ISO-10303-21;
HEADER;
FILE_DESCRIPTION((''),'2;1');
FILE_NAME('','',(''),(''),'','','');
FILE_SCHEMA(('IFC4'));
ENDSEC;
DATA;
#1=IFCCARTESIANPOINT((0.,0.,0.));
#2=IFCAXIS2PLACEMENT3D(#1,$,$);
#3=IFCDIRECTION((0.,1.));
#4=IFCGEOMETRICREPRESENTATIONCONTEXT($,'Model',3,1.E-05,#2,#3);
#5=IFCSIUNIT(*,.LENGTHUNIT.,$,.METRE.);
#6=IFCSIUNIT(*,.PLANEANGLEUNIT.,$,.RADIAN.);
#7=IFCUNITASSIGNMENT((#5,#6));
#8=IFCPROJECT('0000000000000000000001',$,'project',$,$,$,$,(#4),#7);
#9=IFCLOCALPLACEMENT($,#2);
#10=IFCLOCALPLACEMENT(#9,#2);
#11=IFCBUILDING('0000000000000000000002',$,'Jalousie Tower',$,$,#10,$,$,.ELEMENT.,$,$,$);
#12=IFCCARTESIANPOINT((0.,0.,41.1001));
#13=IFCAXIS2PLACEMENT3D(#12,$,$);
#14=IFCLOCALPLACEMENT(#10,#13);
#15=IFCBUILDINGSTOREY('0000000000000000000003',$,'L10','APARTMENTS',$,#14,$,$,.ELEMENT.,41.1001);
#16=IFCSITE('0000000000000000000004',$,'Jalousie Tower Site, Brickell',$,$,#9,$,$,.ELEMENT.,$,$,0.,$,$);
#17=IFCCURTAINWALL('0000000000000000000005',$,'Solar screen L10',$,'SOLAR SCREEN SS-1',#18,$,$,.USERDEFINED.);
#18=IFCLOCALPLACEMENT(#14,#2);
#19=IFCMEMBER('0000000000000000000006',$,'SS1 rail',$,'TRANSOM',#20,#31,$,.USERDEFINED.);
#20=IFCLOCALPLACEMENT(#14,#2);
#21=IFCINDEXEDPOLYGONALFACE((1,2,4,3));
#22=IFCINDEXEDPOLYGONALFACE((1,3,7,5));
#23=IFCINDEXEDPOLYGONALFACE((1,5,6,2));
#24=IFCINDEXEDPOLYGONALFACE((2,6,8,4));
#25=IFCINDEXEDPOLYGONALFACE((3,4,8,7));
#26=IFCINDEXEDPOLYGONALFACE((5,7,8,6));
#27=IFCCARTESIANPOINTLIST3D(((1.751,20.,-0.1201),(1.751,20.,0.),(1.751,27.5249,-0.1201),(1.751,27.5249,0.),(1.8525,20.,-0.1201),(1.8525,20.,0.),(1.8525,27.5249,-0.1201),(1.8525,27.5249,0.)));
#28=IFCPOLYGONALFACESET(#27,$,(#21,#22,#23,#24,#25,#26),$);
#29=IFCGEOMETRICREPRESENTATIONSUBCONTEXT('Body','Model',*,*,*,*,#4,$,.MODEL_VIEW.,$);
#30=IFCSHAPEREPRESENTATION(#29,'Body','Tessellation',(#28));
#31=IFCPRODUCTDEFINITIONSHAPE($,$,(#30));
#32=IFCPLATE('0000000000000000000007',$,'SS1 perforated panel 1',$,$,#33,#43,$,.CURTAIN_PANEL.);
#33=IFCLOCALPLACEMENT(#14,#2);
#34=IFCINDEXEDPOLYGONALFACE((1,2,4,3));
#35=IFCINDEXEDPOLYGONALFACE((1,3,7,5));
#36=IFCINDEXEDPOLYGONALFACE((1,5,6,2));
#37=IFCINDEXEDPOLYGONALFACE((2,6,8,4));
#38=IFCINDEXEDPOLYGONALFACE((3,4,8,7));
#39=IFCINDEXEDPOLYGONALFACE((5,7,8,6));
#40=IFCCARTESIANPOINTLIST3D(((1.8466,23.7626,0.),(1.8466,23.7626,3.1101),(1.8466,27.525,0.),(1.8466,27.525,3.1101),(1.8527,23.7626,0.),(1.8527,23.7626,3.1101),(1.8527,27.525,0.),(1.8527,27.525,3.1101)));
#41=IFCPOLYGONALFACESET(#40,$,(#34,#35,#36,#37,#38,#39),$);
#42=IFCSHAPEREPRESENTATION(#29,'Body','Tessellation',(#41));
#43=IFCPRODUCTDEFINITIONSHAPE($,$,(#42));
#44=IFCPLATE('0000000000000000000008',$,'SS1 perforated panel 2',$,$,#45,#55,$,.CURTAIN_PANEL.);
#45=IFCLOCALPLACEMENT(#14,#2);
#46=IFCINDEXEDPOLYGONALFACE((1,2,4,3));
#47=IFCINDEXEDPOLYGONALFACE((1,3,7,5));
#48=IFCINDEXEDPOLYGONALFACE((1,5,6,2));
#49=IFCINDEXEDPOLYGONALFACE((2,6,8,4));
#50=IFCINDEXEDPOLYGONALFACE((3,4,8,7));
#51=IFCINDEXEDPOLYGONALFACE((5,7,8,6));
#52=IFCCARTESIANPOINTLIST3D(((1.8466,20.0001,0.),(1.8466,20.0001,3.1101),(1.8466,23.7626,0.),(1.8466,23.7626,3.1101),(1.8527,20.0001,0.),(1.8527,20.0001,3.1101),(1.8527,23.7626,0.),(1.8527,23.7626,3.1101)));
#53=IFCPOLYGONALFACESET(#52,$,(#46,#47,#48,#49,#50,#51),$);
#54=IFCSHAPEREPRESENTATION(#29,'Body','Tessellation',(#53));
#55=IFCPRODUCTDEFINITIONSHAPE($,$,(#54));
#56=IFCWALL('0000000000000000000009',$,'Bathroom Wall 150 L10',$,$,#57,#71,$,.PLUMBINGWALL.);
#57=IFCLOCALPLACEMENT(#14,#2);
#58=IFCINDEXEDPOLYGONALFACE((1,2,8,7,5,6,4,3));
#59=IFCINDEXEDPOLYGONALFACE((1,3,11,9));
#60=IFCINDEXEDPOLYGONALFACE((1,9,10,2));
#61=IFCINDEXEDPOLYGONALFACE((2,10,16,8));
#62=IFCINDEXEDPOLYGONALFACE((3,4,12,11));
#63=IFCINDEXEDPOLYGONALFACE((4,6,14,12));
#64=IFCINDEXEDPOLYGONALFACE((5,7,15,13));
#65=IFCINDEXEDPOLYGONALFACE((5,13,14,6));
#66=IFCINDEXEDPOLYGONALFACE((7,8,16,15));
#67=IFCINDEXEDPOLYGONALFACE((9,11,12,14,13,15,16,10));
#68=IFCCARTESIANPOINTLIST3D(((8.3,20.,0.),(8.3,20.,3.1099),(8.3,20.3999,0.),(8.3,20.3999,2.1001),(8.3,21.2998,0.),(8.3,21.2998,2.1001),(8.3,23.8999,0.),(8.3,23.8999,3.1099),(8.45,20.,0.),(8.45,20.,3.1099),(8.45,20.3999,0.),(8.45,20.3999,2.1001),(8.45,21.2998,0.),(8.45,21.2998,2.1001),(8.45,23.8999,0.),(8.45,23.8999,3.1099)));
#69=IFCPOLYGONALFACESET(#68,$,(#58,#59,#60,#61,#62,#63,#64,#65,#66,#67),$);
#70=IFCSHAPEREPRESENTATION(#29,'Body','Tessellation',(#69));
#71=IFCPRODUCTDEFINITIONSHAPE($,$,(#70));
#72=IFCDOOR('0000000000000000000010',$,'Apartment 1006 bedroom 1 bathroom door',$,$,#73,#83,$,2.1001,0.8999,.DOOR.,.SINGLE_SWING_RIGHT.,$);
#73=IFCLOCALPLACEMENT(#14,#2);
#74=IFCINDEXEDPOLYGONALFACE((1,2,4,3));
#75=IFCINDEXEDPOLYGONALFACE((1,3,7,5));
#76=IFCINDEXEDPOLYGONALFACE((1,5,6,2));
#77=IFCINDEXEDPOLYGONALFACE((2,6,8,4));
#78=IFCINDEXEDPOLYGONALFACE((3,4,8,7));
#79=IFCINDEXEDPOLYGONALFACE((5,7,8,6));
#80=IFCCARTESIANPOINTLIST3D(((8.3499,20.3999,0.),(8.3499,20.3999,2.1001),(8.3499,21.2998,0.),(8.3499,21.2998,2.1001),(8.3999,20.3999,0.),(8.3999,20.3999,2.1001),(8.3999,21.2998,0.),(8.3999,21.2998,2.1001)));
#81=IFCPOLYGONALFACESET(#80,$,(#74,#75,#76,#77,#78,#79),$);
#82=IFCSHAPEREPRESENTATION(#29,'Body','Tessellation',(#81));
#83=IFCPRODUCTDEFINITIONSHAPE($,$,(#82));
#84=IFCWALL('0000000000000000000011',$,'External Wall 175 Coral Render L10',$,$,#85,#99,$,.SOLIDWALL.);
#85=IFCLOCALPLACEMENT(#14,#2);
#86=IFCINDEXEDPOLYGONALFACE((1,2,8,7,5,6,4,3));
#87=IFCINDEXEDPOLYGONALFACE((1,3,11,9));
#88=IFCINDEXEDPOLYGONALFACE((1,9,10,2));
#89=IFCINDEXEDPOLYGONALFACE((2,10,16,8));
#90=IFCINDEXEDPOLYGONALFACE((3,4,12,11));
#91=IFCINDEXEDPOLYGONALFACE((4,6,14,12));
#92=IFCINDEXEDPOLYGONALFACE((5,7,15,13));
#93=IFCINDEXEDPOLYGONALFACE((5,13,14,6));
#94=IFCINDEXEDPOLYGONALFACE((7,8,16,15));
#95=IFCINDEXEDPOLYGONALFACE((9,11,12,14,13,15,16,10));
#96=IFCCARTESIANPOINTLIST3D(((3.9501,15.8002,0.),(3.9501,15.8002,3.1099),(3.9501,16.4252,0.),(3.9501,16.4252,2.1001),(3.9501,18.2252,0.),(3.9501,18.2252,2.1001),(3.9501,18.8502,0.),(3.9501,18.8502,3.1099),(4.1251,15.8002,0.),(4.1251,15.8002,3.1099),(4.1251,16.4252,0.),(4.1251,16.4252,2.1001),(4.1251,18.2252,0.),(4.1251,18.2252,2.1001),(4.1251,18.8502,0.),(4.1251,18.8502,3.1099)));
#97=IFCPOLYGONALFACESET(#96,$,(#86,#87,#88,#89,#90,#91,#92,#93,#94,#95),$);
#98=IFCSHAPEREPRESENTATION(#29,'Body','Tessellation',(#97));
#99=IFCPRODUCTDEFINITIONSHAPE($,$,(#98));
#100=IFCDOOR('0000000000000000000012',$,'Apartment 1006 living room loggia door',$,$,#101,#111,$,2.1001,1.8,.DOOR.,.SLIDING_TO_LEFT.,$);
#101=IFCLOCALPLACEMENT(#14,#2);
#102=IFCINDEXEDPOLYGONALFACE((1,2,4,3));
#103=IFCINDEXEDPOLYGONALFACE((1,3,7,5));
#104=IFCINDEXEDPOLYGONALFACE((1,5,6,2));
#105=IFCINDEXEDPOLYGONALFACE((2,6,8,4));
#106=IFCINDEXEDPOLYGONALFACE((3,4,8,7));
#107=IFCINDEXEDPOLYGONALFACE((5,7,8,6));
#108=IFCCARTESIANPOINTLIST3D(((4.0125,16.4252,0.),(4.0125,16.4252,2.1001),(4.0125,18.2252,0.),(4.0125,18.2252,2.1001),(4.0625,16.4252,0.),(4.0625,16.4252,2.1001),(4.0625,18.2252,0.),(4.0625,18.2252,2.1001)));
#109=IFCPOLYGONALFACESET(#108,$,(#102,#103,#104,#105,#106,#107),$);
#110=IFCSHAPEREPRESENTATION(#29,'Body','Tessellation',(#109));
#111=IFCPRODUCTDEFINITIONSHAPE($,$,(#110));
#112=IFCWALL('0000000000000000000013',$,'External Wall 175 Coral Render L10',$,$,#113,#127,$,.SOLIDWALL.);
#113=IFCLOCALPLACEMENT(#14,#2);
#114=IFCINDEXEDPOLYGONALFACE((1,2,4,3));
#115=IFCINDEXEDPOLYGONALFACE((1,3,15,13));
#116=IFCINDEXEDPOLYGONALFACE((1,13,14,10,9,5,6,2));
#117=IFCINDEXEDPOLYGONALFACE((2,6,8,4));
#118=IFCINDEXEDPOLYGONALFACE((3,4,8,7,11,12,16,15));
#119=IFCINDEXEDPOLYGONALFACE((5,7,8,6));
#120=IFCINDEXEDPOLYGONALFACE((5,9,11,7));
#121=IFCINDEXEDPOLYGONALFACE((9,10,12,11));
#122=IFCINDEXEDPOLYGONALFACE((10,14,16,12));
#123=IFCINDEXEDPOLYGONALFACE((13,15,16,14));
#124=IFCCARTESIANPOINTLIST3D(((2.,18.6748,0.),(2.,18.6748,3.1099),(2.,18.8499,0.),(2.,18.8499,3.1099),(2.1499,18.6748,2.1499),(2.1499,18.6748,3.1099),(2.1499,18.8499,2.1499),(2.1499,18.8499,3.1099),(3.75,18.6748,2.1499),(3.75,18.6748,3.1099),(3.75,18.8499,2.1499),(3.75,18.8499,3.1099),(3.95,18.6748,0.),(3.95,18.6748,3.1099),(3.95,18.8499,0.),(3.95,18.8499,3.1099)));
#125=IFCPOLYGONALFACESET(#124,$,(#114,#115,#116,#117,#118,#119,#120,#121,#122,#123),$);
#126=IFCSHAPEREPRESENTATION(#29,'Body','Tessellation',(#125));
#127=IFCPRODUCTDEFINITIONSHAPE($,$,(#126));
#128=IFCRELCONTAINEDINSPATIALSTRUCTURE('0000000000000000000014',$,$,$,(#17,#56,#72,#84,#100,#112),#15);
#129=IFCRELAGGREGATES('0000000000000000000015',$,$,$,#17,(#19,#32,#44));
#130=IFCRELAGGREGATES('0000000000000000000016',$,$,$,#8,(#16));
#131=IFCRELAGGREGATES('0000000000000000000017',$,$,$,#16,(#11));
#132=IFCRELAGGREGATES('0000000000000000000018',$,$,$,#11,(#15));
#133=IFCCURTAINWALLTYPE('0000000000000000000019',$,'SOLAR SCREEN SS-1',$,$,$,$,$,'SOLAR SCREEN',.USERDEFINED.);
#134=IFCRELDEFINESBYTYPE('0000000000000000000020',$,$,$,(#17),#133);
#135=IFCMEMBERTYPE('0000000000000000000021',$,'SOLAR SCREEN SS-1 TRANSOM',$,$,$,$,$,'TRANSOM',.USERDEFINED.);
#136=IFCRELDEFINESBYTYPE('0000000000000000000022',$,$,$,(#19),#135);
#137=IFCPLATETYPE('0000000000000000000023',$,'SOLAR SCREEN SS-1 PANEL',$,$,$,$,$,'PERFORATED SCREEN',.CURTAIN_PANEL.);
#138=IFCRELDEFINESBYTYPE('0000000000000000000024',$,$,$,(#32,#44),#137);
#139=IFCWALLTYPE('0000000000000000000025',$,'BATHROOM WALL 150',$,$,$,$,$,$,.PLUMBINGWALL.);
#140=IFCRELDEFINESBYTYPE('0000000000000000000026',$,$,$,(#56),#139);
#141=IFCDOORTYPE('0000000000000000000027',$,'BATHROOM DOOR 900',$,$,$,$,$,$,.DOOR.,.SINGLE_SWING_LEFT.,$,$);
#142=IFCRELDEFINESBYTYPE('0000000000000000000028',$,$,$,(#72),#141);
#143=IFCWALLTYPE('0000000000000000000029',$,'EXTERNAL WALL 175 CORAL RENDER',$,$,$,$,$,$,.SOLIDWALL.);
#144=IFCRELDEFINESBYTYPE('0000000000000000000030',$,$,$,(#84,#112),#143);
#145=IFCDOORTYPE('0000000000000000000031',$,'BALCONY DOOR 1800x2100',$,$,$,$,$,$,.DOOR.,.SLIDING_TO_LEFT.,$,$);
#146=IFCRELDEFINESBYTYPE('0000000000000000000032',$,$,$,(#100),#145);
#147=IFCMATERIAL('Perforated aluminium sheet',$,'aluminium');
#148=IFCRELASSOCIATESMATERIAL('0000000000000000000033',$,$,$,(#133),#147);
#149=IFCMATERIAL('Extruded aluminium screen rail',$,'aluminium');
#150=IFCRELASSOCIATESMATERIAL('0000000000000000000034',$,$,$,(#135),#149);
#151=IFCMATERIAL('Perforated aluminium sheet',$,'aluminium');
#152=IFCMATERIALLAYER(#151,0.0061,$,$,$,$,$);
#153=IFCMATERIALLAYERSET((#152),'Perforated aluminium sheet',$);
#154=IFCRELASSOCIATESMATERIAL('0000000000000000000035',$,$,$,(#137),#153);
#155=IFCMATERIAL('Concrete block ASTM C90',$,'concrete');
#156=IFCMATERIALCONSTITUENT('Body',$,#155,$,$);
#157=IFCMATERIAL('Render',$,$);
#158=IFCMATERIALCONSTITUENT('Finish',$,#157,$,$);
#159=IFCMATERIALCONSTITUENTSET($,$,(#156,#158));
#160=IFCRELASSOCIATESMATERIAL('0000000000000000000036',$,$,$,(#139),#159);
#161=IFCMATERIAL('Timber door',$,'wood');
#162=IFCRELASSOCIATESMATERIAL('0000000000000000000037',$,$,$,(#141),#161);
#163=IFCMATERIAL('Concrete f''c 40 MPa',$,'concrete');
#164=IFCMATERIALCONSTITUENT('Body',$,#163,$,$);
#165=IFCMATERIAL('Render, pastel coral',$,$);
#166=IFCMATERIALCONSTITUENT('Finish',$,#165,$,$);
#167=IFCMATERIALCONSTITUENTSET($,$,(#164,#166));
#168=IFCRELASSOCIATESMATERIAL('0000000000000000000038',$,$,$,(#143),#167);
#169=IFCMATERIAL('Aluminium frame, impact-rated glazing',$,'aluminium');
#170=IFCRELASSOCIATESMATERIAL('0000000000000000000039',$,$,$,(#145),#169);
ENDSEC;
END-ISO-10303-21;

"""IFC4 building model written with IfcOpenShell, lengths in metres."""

from ifc_helpers import new_model, si_unit, direction, frame, frame_2d, origin, origin_2d, place, context, subcontext, project, spatial, polyline, rectangle, outline, extrude, material, layer, layer_set, constituent, constituent_set, material_profile, profile_set, type_object, element, fill, aggregate, save


model = new_model("IFC4")

# Units and contexts
model_context = context("Model", 3, precision=1e-05, world=origin(), true_north=direction((0.0, 1.0)))
body_context = subcontext(model_context, "Body", "Model", "MODEL_VIEW")
ifc_project = project(units=[si_unit("LENGTHUNIT", "METRE"), si_unit("PLANEANGLEUNIT", "RADIAN")], contexts=[model_context])

# Site, building, storey
site_placement = place(None, origin())
site = spatial("IfcSite", under=ifc_project, at=site_placement, Name="Jalousie Tower Site, Brickell", CompositionType="ELEMENT", RefElevation=0.0)
building_placement = place(site_placement, origin())
building = spatial("IfcBuilding", under=site, at=building_placement, Name="Jalousie Tower", CompositionType="ELEMENT")
storey_placement = place(building_placement, frame((0.0, 0.0, 41.1001)))
storey = spatial("IfcBuildingStorey", under=building, at=storey_placement, Name="L10", Description="APARTMENTS", CompositionType="ELEMENT", Elevation=41.1001)

# Shared definitions
ifc_material_1 = material(Name="Perforated aluminium sheet", Category="aluminium")
curtain_wall_type = type_object("IfcCurtainWallType", Name="SOLAR SCREEN SS-1", ElementType="SOLAR SCREEN", PredefinedType="USERDEFINED", material=ifc_material_1)

# Curtain wall, member, plates
curtain_wall_1_placement = place(storey_placement, origin())
curtain_wall_1 = element("IfcCurtainWall", 1, at=curtain_wall_1_placement, inside=storey, type_object=curtain_wall_type, Name="Solar screen L10", ObjectType="SOLAR SCREEN SS-1", PredefinedType="USERDEFINED")
ifc_material_2 = material(Name="Extruded aluminium screen rail", Category="aluminium")
ifc_material_profile_1 = material_profile(ifc_material_2, rectangle(XDim=0.1016, YDim=0.1201, at=origin_2d()), Name="RAIL 102x120")
ifc_profile_set_1 = profile_set([ifc_material_profile_1], Name="Extruded aluminium screen rail")
member_type_1 = type_object("IfcMemberType", Name="SOLAR SCREEN SS-1 TRANSOM", ElementType="TRANSOM", PredefinedType="USERDEFINED", material=ifc_profile_set_1)
member_1_placement = place(storey_placement, frame((1.8018, 27.5249, -0.0601), z_axis=(0.0, -1.0, 0.0), x_axis=(1.0, 0.0, 0.0)))
member_1 = element("IfcMember", 2, at=member_1_placement, type_object=member_type_1, Name="SS1 rail", ObjectType="TRANSOM", PredefinedType="USERDEFINED", context=body_context, shape_type="SweptSolid", body=[
    extrude(rectangle(XDim=0.1016, YDim=0.1201, at=origin_2d()), origin(), (0.0, 0.0, 1.0), 7.5249),
])
ifc_material_3 = material(Name="Perforated aluminium sheet", Category="aluminium")
ifc_layer_1 = layer(ifc_material_3, 0.0061)
ifc_layer_set_1 = layer_set([ifc_layer_1], Name="Perforated aluminium sheet")
plate_type = type_object("IfcPlateType", Name="SOLAR SCREEN SS-1 PANEL", ElementType="PERFORATED SCREEN", PredefinedType="CURTAIN_PANEL", material=ifc_layer_set_1)
plate_1_placement = place(storey_placement, frame((1.8496, 25.6438, 0.0), z_axis=(0.0, 0.0, 1.0), x_axis=(0.0, -1.0, 0.0)))
plate_1 = element("IfcPlate", 3, at=plate_1_placement, type_object=plate_type, Name="SS1 perforated panel 1", PredefinedType="CURTAIN_PANEL", context=body_context, shape_type="SweptSolid", body=[
    extrude(rectangle(XDim=3.7625, YDim=0.0061, at=origin_2d()), origin(), (0.0, 0.0, 1.0), 3.1101),
])
plate_2_placement = place(storey_placement, frame((1.8496, 21.8813, 0.0), z_axis=(0.0, 0.0, 1.0), x_axis=(0.0, -1.0, 0.0)))
plate_2 = element("IfcPlate", 4, at=plate_2_placement, type_object=plate_type, Name="SS1 perforated panel 2", PredefinedType="CURTAIN_PANEL", context=body_context, shape_type="SweptSolid", body=[
    extrude(rectangle(XDim=3.7625, YDim=0.0061, at=origin_2d()), origin(), (0.0, 0.0, 1.0), 3.1101),
])
aggregate(curtain_wall_1, [member_1, plate_1, plate_2])

# Walls, openings, doors
ifc_material_4 = material(Name="Concrete block ASTM C90", Category="concrete")
ifc_constituent_1 = constituent(ifc_material_4, Name="Body")
ifc_material_5 = material(Name="Render")
ifc_constituent_2 = constituent(ifc_material_5, Name="Finish")
ifc_constituent_set_1 = constituent_set(constituents=[ifc_constituent_1, ifc_constituent_2])
wall_type_1 = type_object("IfcWallType", Name="BATHROOM WALL 150", PredefinedType="PLUMBINGWALL", material=ifc_constituent_set_1)
wall_1_placement = place(storey_placement, frame((8.375, 20.0, 0.0), z_axis=(0.0, 0.0, 1.0), x_axis=(0.0, 1.0, 0.0)))
wall_1 = element("IfcWall", 5, at=wall_1_placement, inside=storey, type_object=wall_type_1, Name="Bathroom Wall 150 L10", PredefinedType="PLUMBINGWALL", context=body_context, shape_type="SweptSolid", body=[
    extrude(rectangle(XDim=3.8999, YDim=0.1499, at=frame_2d((1.95, 0.0))), origin(), (0.0, 0.0, 1.0), 3.1099),
])
opening_1_placement = place(wall_1_placement, frame((0.3999, 0.0, 0.0)))
opening_1 = element("IfcOpeningElement", 6, at=opening_1_placement, cuts=wall_1, PredefinedType="OPENING", context=body_context, shape_type="SweptSolid", body=[
    extrude(rectangle(XDim=0.8999, YDim=2.1001, at=frame_2d((0.45, 1.05))), frame((0.0, 0.085, 0.0), z_axis=(0.0, -1.0, 0.0), x_axis=(1.0, 0.0, 0.0)), (0.0, 0.0, 1.0), 0.1699),
])
ifc_material_6 = material(Name="Timber door", Category="wood")
door_type_1 = type_object("IfcDoorType", Name="BATHROOM DOOR 900", OperationType="SINGLE_SWING_LEFT", PredefinedType="DOOR", material=ifc_material_6)
door_1_placement = place(opening_1_placement, frame((0.8999, 0.0, 0.0), z_axis=(0.0, 0.0, 1.0), x_axis=(-1.0, 0.0, 0.0)))
door_1 = element("IfcDoor", 7, at=door_1_placement, inside=storey, type_object=door_type_1, Name="Apartment 1006 bedroom 1 bathroom door", OperationType="SINGLE_SWING_RIGHT", OverallHeight=2.1001, OverallWidth=0.8999, PredefinedType="DOOR", context=body_context, shape_type="SweptSolid", body=[
    extrude(rectangle(XDim=0.8999, YDim=2.1001, at=frame_2d((0.45, 1.05))), frame((0.0, 0.0249, 0.0), z_axis=(0.0, -1.0, 0.0), x_axis=(1.0, 0.0, 0.0)), (0.0, 0.0, 1.0), 0.05),
])
fill(opening_1, door_1)
ifc_material_7 = material(Name="Concrete f'c 40 MPa", Category="concrete")
ifc_constituent_3 = constituent(ifc_material_7, Name="Body")
ifc_material_8 = material(Name="Render, pastel coral")
ifc_constituent_4 = constituent(ifc_material_8, Name="Finish")
ifc_constituent_set_2 = constituent_set(constituents=[ifc_constituent_3, ifc_constituent_4])
wall_type_2 = type_object("IfcWallType", Name="EXTERNAL WALL 175 CORAL RENDER", PredefinedType="SOLIDWALL", material=ifc_constituent_set_2)
wall_2_placement = place(storey_placement, frame((4.0376, 18.8501, 0.0), z_axis=(0.0, 0.0, 1.0), x_axis=(0.0, -1.0, 0.0)))
wall_2 = element("IfcWall", 8, at=wall_2_placement, inside=storey, type_object=wall_type_2, Name="External Wall 175 Coral Render L10", PredefinedType="SOLIDWALL", context=body_context, shape_type="SweptSolid", body=[
    extrude(rectangle(XDim=3.05, YDim=0.175, at=frame_2d((1.5249, 0.0))), origin(), (0.0, 0.0, 1.0), 3.1099),
])
opening_2_placement = place(wall_2_placement, frame((0.625, 0.0, 0.0)))
opening_2 = element("IfcOpeningElement", 9, at=opening_2_placement, cuts=wall_2, PredefinedType="OPENING", context=body_context, shape_type="SweptSolid", body=[
    extrude(rectangle(XDim=1.8, YDim=2.1001, at=frame_2d((0.8999, 1.05))), frame((0.0, 0.0974, 0.0), z_axis=(0.0, -1.0, 0.0), x_axis=(1.0, 0.0, 0.0)), (0.0, 0.0, 1.0), 0.1951),
])
ifc_material_9 = material(Name="Aluminium frame, impact-rated glazing", Category="aluminium")
door_type_2 = type_object("IfcDoorType", Name="BALCONY DOOR 1800x2100", OperationType="SLIDING_TO_LEFT", PredefinedType="DOOR", material=ifc_material_9)
door_2_placement = place(opening_2_placement, origin())
door_2 = element("IfcDoor", 10, at=door_2_placement, inside=storey, type_object=door_type_2, Name="Apartment 1006 living room loggia door", OperationType="SLIDING_TO_LEFT", OverallHeight=2.1001, OverallWidth=1.8, PredefinedType="DOOR", context=body_context, shape_type="SweptSolid", body=[
    extrude(rectangle(XDim=1.8, YDim=2.1001, at=frame_2d((0.8999, 1.05))), frame((0.0, 0.0249, 0.0), z_axis=(0.0, -1.0, 0.0), x_axis=(1.0, 0.0, 0.0)), (0.0, 0.0, 1.0), 0.05),
])
fill(opening_2, door_2)

# Wall
wall_3_placement = place(storey_placement, frame((2.0, 18.7625, 0.0), z_axis=(0.0, 0.0, 1.0), x_axis=(1.0, 0.0, 0.0)))
element("IfcWall", 11, at=wall_3_placement, inside=storey, type_object=wall_type_2, Name="External Wall 175 Coral Render L10", PredefinedType="SOLIDWALL", context=body_context, shape_type="SweptSolid", body=[
    extrude(outline(polyline([(0.0, 0.0), (1.95, 0.0), (1.95, 3.1099), (1.75, 3.1099), (1.75, 2.1499), (0.1499, 2.1499), (0.1499, 3.1099), (0.0, 3.1099), (0.0, 0.0)])), frame((0.0, 0.0874, 0.0), z_axis=(0.0, -1.0, 0.0), x_axis=(1.0, 0.0, 0.0)), (0.0, 0.0, 1.0), 0.175),
])

save(model, "model.ifc")
